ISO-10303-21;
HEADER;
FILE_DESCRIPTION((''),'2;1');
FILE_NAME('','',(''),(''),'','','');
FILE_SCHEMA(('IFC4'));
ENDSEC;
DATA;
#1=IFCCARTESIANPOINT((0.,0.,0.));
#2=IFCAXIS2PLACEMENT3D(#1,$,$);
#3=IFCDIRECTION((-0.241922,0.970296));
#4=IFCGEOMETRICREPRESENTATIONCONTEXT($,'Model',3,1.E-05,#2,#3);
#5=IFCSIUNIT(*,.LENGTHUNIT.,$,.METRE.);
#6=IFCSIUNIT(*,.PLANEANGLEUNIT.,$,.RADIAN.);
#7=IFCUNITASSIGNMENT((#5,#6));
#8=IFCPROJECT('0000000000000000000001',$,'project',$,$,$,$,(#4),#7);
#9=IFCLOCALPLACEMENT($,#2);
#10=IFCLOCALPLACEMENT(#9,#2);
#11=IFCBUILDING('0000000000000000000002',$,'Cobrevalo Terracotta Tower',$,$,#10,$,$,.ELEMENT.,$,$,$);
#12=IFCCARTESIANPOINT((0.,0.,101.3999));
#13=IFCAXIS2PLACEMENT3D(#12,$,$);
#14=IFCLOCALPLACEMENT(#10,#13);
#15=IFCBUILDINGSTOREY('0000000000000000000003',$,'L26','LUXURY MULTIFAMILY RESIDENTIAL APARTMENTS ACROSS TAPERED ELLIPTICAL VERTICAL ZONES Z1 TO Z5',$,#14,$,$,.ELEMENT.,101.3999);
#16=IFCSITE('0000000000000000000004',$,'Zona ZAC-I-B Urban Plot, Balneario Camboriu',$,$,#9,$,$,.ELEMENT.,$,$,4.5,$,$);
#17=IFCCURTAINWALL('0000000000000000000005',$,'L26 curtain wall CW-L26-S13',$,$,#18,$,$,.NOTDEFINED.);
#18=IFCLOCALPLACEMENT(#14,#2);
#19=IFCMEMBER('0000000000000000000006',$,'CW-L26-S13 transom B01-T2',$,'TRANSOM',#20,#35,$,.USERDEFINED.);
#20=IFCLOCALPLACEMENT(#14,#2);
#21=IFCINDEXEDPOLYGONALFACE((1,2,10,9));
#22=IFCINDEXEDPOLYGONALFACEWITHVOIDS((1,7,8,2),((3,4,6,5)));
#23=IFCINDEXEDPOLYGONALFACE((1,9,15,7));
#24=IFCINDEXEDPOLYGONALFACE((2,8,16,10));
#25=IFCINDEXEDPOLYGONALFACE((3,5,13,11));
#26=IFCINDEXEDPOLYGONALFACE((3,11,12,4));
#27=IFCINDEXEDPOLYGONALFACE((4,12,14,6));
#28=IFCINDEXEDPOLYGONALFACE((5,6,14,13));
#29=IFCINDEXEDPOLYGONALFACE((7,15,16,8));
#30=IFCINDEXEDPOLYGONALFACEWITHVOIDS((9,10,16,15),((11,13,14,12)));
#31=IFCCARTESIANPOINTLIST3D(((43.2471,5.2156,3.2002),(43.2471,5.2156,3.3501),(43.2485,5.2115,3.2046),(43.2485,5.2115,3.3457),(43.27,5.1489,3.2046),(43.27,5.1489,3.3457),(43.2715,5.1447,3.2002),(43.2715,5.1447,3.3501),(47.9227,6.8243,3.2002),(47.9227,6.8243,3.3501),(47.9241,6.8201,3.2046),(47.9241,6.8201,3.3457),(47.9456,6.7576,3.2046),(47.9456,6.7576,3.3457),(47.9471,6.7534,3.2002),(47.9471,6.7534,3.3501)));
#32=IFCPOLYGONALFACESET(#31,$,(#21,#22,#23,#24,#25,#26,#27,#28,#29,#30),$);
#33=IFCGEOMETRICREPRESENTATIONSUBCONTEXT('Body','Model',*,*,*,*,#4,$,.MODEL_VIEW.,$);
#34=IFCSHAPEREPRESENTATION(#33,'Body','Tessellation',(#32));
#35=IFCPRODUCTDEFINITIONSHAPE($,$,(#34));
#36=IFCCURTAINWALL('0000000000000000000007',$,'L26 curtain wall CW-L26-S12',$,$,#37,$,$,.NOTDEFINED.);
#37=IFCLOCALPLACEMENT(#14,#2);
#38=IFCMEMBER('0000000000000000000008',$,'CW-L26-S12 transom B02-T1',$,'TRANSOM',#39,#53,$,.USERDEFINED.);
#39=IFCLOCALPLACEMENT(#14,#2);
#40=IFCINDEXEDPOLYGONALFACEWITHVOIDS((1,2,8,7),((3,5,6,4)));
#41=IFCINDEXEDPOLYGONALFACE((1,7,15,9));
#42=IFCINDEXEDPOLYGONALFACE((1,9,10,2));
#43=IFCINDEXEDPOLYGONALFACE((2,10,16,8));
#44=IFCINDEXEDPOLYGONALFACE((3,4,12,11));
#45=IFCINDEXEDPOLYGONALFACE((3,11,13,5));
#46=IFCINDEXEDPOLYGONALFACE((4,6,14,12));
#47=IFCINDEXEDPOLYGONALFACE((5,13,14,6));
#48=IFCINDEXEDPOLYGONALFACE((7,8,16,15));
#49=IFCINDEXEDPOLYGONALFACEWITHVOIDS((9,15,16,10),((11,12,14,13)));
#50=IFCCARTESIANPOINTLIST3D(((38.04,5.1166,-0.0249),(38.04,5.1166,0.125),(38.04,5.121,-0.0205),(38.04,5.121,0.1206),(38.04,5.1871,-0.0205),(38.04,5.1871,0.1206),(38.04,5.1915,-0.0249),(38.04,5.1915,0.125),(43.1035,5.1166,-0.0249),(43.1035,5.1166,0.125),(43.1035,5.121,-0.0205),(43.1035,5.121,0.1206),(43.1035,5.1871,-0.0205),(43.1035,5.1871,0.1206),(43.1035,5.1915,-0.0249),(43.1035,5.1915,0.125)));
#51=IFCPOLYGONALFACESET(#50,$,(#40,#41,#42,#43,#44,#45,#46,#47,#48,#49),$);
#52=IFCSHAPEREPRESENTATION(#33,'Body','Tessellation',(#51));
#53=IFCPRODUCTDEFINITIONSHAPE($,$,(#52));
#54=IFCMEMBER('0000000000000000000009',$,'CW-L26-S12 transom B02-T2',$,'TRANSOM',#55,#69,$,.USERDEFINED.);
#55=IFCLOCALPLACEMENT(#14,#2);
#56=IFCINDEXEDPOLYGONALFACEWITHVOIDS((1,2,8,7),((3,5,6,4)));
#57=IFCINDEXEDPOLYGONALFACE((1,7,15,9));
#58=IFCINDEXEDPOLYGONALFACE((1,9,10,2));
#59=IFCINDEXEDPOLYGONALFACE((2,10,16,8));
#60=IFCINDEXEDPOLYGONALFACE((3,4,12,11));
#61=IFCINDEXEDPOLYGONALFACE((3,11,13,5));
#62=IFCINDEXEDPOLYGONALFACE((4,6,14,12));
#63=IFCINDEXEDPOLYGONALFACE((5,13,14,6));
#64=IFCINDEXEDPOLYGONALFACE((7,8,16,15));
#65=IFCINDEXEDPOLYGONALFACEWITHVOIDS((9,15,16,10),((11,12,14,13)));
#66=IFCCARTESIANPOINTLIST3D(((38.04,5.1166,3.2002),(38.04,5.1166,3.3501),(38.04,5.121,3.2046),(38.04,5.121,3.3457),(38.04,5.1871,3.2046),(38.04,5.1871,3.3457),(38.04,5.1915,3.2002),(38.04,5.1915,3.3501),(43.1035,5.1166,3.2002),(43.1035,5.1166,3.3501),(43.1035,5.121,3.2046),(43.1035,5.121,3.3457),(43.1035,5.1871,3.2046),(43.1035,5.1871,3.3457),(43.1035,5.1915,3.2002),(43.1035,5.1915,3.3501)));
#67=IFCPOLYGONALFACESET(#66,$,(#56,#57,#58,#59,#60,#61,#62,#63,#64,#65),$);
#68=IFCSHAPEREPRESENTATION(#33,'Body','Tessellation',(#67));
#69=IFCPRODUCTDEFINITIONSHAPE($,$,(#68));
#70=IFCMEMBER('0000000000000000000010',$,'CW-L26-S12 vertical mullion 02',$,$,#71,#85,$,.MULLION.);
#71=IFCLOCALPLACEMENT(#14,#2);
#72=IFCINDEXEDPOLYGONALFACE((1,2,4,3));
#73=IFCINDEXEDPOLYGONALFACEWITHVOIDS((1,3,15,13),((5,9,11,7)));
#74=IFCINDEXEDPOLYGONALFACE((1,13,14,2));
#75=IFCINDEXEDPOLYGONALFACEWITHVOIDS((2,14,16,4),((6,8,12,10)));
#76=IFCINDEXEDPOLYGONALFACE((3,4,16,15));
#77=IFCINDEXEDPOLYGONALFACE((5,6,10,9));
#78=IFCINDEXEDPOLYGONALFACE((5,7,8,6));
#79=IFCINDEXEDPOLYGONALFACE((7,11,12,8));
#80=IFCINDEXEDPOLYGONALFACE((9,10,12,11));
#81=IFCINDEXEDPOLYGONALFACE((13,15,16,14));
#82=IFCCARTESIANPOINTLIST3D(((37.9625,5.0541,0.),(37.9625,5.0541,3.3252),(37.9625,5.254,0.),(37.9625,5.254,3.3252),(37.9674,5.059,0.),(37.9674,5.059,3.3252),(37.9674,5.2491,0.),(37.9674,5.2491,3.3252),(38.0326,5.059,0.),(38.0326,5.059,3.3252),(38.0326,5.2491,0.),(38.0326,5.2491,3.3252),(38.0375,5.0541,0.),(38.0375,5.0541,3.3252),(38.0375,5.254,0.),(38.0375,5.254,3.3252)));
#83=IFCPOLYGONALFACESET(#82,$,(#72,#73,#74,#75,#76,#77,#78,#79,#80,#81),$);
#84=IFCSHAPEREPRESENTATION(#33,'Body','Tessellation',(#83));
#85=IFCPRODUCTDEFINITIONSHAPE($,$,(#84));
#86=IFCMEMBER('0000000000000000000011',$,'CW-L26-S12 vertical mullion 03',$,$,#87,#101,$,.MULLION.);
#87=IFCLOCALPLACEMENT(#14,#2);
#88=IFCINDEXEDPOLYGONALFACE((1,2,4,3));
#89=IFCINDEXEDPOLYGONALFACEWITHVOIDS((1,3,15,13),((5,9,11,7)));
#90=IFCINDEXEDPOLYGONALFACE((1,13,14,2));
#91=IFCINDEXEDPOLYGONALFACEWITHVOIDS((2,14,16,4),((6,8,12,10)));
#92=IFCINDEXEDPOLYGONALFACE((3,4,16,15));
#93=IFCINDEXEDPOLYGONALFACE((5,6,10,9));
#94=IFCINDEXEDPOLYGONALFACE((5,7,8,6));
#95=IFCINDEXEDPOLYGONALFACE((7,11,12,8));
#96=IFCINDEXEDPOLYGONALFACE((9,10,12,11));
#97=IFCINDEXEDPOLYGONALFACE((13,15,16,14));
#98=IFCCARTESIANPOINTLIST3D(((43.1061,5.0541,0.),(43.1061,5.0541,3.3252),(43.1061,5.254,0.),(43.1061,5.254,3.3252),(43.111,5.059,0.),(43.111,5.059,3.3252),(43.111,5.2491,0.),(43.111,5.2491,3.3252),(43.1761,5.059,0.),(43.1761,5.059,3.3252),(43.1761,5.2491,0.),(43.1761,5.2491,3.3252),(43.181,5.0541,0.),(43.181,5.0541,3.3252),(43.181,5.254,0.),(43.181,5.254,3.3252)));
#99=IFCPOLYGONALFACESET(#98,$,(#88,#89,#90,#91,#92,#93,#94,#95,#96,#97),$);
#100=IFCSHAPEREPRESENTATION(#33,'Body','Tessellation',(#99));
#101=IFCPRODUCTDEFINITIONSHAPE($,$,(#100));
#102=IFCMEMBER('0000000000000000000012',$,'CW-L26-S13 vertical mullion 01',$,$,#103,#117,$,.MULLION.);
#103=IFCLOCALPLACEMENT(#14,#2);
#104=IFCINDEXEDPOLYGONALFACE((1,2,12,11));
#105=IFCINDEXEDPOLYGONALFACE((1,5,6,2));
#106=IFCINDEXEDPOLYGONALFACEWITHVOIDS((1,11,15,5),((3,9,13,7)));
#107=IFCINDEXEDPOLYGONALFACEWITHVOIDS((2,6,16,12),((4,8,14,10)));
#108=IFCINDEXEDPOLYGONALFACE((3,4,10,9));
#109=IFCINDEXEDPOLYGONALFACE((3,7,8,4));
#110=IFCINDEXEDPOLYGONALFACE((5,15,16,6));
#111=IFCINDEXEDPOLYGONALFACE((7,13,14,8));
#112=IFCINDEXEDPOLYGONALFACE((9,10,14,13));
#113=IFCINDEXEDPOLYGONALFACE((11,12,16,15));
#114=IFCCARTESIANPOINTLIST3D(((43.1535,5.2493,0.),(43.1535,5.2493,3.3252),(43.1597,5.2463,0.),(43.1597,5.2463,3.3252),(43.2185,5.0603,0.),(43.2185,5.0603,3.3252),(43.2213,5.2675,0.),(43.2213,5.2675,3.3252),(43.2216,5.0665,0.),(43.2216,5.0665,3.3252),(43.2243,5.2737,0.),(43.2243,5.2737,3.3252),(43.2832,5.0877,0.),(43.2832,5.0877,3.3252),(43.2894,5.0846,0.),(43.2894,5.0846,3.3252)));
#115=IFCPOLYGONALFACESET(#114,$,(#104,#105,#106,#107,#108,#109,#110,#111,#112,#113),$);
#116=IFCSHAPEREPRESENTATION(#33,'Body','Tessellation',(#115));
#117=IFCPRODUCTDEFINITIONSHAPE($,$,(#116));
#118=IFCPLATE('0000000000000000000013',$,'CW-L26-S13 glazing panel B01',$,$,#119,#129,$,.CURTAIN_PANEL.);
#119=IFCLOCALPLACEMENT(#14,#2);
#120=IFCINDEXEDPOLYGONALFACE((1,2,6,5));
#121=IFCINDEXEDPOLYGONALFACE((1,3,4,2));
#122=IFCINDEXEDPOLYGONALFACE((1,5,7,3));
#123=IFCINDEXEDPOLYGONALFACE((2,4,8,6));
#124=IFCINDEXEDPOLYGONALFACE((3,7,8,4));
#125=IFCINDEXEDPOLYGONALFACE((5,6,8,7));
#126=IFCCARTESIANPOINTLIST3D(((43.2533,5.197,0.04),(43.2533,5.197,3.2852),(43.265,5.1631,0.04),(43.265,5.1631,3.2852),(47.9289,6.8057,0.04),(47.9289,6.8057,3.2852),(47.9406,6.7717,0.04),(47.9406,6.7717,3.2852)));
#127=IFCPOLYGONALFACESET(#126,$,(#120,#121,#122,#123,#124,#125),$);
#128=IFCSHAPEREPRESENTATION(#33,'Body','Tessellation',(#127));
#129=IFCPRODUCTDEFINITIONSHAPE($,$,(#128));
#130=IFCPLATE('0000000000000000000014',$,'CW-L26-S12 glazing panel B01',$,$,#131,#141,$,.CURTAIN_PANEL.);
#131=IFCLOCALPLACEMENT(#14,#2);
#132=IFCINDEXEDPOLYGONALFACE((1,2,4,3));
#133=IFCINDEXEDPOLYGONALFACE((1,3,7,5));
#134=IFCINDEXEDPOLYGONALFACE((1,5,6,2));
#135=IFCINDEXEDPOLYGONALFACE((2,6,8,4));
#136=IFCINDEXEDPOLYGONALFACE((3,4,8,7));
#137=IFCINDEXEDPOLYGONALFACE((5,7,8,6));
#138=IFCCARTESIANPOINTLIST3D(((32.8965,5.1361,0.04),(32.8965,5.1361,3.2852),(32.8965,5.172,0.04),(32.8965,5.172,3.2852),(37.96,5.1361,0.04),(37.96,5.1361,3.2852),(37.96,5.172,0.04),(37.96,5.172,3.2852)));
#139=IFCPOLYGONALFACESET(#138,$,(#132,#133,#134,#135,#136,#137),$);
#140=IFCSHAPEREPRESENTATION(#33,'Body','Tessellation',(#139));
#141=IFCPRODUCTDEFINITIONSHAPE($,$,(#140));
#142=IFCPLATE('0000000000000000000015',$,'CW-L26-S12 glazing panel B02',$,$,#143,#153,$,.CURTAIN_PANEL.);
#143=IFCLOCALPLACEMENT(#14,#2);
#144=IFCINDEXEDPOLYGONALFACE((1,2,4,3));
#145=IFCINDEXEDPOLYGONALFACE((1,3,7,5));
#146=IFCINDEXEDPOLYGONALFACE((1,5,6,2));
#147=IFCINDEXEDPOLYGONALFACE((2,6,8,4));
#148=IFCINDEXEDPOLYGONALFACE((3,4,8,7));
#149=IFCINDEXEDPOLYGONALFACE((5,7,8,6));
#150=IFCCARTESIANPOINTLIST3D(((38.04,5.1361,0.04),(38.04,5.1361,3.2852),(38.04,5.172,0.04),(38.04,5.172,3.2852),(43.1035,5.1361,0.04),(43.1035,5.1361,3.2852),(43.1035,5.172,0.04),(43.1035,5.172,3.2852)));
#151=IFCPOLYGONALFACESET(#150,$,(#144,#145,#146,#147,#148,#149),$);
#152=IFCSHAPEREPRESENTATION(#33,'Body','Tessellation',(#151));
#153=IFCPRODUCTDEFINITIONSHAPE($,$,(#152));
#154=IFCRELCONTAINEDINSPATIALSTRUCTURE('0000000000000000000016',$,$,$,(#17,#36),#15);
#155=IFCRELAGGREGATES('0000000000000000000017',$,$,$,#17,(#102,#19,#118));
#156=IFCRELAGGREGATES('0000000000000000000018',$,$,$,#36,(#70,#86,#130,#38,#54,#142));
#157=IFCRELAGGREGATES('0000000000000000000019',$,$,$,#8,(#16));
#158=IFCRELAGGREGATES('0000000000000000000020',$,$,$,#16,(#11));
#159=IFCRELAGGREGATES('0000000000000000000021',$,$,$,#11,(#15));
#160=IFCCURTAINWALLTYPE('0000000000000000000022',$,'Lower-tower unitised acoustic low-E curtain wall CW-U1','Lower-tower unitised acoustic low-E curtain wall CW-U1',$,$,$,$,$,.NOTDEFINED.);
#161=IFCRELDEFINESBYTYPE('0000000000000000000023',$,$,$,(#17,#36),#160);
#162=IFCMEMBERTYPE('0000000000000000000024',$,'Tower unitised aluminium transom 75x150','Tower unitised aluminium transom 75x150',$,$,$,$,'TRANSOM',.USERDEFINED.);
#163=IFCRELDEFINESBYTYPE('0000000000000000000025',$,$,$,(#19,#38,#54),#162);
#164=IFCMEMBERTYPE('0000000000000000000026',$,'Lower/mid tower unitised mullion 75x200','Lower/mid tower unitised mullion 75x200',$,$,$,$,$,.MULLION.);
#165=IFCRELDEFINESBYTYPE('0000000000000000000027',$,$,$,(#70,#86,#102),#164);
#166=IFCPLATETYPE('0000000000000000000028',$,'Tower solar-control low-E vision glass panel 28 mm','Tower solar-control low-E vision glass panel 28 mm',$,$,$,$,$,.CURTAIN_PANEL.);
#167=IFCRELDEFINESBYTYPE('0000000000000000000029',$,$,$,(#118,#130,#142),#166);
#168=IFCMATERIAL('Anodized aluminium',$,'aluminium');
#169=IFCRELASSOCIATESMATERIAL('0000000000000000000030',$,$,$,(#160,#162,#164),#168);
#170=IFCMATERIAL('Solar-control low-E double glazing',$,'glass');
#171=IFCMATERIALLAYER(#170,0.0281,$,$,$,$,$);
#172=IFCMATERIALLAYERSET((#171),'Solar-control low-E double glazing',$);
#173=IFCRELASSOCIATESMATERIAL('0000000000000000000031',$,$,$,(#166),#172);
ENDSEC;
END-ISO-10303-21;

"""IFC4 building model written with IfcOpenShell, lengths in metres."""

from ifc_helpers import new_model, si_unit, direction, frame, origin, origin_2d, place, context, subcontext, project, spatial, rectangle, hollow_rectangle, extrude, source, transform, mapped, material, layer, layer_set, material_profile, profile_set, type_object, element, aggregate, save


model = new_model("IFC4")

# Units and contexts
model_context = context("Model", 3, precision=1e-05, world=origin(), true_north=direction((-0.241922, 0.970296)))
body_context = subcontext(model_context, "Body", "Model", "MODEL_VIEW")
ifc_project = project(units=[si_unit("LENGTHUNIT", "METRE"), si_unit("PLANEANGLEUNIT", "RADIAN")], contexts=[model_context])

# Site, building, storey
site_placement = place(None, origin())
site = spatial("IfcSite", under=ifc_project, at=site_placement, Name="Zona ZAC-I-B Urban Plot, Balneario Camboriu", CompositionType="ELEMENT", RefElevation=4.5)
building_placement = place(site_placement, origin())
building = spatial("IfcBuilding", under=site, at=building_placement, Name="Cobrevalo Terracotta Tower", CompositionType="ELEMENT")
storey_placement = place(building_placement, frame((0.0, 0.0, 101.3999)))
storey = spatial("IfcBuildingStorey", under=building, at=storey_placement, Name="L26", Description="LUXURY MULTIFAMILY RESIDENTIAL APARTMENTS ACROSS TAPERED ELLIPTICAL VERTICAL ZONES Z1 TO Z5", CompositionType="ELEMENT", Elevation=101.3999)

# Curtain walls, members
ifc_material_1 = material(Name="Anodized aluminium", Category="aluminium")
curtain_wall_type = type_object("IfcCurtainWallType", Name="Lower-tower unitised acoustic low-E curtain wall CW-U1", Description="Lower-tower unitised acoustic low-E curtain wall CW-U1", PredefinedType="NOTDEFINED", material=ifc_material_1)
curtain_wall_1_placement = place(storey_placement, origin())
curtain_wall_1 = element("IfcCurtainWall", 1, at=curtain_wall_1_placement, inside=storey, type_object=curtain_wall_type, Name="L26 curtain wall CW-L26-S13", PredefinedType="NOTDEFINED")
ifc_material_profile_1 = material_profile(ifc_material_1, hollow_rectangle(XDim=0.075, YDim=0.1499, WallThickness=0.0044, at=origin_2d()), Name="CWT 75x150")
ifc_profile_set_1 = profile_set([ifc_material_profile_1], Name="Anodized aluminium")
member_type_1 = type_object("IfcMemberType", Name="Tower unitised aluminium transom 75x150", Description="Tower unitised aluminium transom 75x150", ElementType="TRANSOM", PredefinedType="USERDEFINED", material=ifc_profile_set_1)
shared_shape_1 = source(origin(), body_context, "Body", "SweptSolid", [
    extrude(hollow_rectangle(XDim=0.075, YDim=0.1499, WallThickness=0.0044, at=origin_2d()), origin(), (0.0, 0.0, 1.0), 4.9446),
])
member_1_placement = place(storey_placement, frame((43.2593, 5.1802, 3.2751), z_axis=(0.945598, 0.325338, 0.0), x_axis=(-0.325338, 0.945598, 0.0)))
member_1 = element("IfcMember", 2, at=member_1_placement, type_object=member_type_1, Name="CW-L26-S13 transom B01-T2", ObjectType="TRANSOM", PredefinedType="USERDEFINED", context=body_context, shape_type="MappedRepresentation", body=[
    mapped(shared_shape_1, transform((0.0, 0.0, 0.0), scale=1.0)),
])
curtain_wall_2_placement = place(storey_placement, origin())
curtain_wall_2 = element("IfcCurtainWall", 3, at=curtain_wall_2_placement, inside=storey, type_object=curtain_wall_type, Name="L26 curtain wall CW-L26-S12", PredefinedType="NOTDEFINED")
shared_shape_2 = source(origin(), body_context, "Body", "SweptSolid", [
    extrude(hollow_rectangle(XDim=0.075, YDim=0.1499, WallThickness=0.0044, at=origin_2d()), origin(), (0.0, 0.0, 1.0), 5.0635),
])
member_2_placement = place(storey_placement, frame((38.04, 5.1541, 0.05), z_axis=(1.0, 0.0, 0.0), x_axis=(0.0, 1.0, 0.0)))
member_2 = element("IfcMember", 4, at=member_2_placement, type_object=member_type_1, Name="CW-L26-S12 transom B02-T1", ObjectType="TRANSOM", PredefinedType="USERDEFINED", context=body_context, shape_type="MappedRepresentation", body=[
    mapped(shared_shape_2, transform((0.0, 0.0, 0.0), scale=1.0)),
])
member_3_placement = place(storey_placement, frame((38.04, 5.1541, 3.2751), z_axis=(1.0, 0.0, 0.0), x_axis=(0.0, 1.0, 0.0)))
member_3 = element("IfcMember", 5, at=member_3_placement, type_object=member_type_1, Name="CW-L26-S12 transom B02-T2", ObjectType="TRANSOM", PredefinedType="USERDEFINED", context=body_context, shape_type="MappedRepresentation", body=[
    mapped(shared_shape_2, transform((0.0, 0.0, 0.0), scale=1.0)),
])
ifc_material_profile_2 = material_profile(ifc_material_1, hollow_rectangle(XDim=0.075, YDim=0.2, WallThickness=0.0049, at=origin_2d()), Name="CWM 75x200")
ifc_profile_set_2 = profile_set([ifc_material_profile_2], Name="Anodized aluminium")
member_type_2 = type_object("IfcMemberType", Name="Lower/mid tower unitised mullion 75x200", Description="Lower/mid tower unitised mullion 75x200", PredefinedType="MULLION", material=ifc_profile_set_2)
shared_shape_3 = source(origin(), body_context, "Body", "SweptSolid", [
    extrude(hollow_rectangle(XDim=0.075, YDim=0.2, WallThickness=0.0049, at=origin_2d()), origin(), (0.0, 0.0, 1.0), 3.3252),
])
member_4_placement = place(storey_placement, frame((38.0, 5.1541, 0.0), z_axis=(0.0, 0.0, 1.0), x_axis=(1.0, 0.0, 0.0)))
member_4 = element("IfcMember", 6, at=member_4_placement, type_object=member_type_2, Name="CW-L26-S12 vertical mullion 02", PredefinedType="MULLION", context=body_context, shape_type="MappedRepresentation", body=[
    mapped(shared_shape_3, transform((0.0, 0.0, 0.0), scale=1.0)),
])
member_5_placement = place(storey_placement, frame((43.1436, 5.1541, 0.0), z_axis=(0.0, 0.0, 1.0), x_axis=(1.0, 0.0, 0.0)))
member_5 = element("IfcMember", 7, at=member_5_placement, type_object=member_type_2, Name="CW-L26-S12 vertical mullion 03", PredefinedType="MULLION", context=body_context, shape_type="MappedRepresentation", body=[
    mapped(shared_shape_3, transform((0.0, 0.0, 0.0), scale=1.0)),
])

# Member
member_6_placement = place(storey_placement, frame((43.2214, 5.167, 0.0), z_axis=(0.0, 0.0, 1.0), x_axis=(0.945598, 0.325337, 0.0)))
member_6 = element("IfcMember", 8, at=member_6_placement, type_object=member_type_2, Name="CW-L26-S13 vertical mullion 01", PredefinedType="MULLION", context=body_context, shape_type="MappedRepresentation", body=[
    mapped(shared_shape_3, transform((0.0, 0.0, 0.0), scale=1.0)),
])

# Plates
ifc_material_2 = material(Name="Solar-control low-E double glazing", Category="glass")
ifc_layer_1 = layer(ifc_material_2, 0.0281)
ifc_layer_set_1 = layer_set([ifc_layer_1], Name="Solar-control low-E double glazing")
plate_type = type_object("IfcPlateType", Name="Tower solar-control low-E vision glass panel 28 mm", Description="Tower solar-control low-E vision glass panel 28 mm", PredefinedType="CURTAIN_PANEL", material=ifc_layer_set_1)
shared_shape_4 = source(origin(), body_context, "Body", "SweptSolid", [
    extrude(rectangle(XDim=4.9446, YDim=0.0359, at=origin_2d()), origin(), (0.0, 0.0, 1.0), 3.2451),
])
plate_1_placement = place(storey_placement, frame((45.5969, 5.9844, 0.04), z_axis=(0.0, 0.0, 1.0), x_axis=(0.945596, 0.325342, 0.0)))
plate_1 = element("IfcPlate", 9, at=plate_1_placement, type_object=plate_type, Name="CW-L26-S13 glazing panel B01", PredefinedType="CURTAIN_PANEL", context=body_context, shape_type="MappedRepresentation", body=[
    mapped(shared_shape_4, transform((0.0, 0.0, 0.0), scale=1.0)),
])
aggregate(curtain_wall_1, [member_6, member_1, plate_1])
shared_shape_5 = source(origin(), body_context, "Body", "SweptSolid", [
    extrude(rectangle(XDim=5.0635, YDim=0.0359, at=origin_2d()), origin(), (0.0, 0.0, 1.0), 3.2451),
])
plate_2_placement = place(storey_placement, frame((35.4282, 5.1541, 0.04), z_axis=(0.0, 0.0, 1.0), x_axis=(1.0, 0.0, 0.0)))
plate_2 = element("IfcPlate", 10, at=plate_2_placement, type_object=plate_type, Name="CW-L26-S12 glazing panel B01", PredefinedType="CURTAIN_PANEL", context=body_context, shape_type="MappedRepresentation", body=[
    mapped(shared_shape_5, transform((0.0, 0.0, 0.0), scale=1.0)),
])
plate_3_placement = place(storey_placement, frame((40.5718, 5.1541, 0.04), z_axis=(0.0, 0.0, 1.0), x_axis=(1.0, 0.0, 0.0)))
plate_3 = element("IfcPlate", 11, at=plate_3_placement, type_object=plate_type, Name="CW-L26-S12 glazing panel B02", PredefinedType="CURTAIN_PANEL", context=body_context, shape_type="MappedRepresentation", body=[
    mapped(shared_shape_5, transform((0.0, 0.0, 0.0), scale=1.0)),
])
aggregate(curtain_wall_2, [member_4, member_5, plate_2, member_2, member_3, plate_3])

save(model, "model.ifc")
